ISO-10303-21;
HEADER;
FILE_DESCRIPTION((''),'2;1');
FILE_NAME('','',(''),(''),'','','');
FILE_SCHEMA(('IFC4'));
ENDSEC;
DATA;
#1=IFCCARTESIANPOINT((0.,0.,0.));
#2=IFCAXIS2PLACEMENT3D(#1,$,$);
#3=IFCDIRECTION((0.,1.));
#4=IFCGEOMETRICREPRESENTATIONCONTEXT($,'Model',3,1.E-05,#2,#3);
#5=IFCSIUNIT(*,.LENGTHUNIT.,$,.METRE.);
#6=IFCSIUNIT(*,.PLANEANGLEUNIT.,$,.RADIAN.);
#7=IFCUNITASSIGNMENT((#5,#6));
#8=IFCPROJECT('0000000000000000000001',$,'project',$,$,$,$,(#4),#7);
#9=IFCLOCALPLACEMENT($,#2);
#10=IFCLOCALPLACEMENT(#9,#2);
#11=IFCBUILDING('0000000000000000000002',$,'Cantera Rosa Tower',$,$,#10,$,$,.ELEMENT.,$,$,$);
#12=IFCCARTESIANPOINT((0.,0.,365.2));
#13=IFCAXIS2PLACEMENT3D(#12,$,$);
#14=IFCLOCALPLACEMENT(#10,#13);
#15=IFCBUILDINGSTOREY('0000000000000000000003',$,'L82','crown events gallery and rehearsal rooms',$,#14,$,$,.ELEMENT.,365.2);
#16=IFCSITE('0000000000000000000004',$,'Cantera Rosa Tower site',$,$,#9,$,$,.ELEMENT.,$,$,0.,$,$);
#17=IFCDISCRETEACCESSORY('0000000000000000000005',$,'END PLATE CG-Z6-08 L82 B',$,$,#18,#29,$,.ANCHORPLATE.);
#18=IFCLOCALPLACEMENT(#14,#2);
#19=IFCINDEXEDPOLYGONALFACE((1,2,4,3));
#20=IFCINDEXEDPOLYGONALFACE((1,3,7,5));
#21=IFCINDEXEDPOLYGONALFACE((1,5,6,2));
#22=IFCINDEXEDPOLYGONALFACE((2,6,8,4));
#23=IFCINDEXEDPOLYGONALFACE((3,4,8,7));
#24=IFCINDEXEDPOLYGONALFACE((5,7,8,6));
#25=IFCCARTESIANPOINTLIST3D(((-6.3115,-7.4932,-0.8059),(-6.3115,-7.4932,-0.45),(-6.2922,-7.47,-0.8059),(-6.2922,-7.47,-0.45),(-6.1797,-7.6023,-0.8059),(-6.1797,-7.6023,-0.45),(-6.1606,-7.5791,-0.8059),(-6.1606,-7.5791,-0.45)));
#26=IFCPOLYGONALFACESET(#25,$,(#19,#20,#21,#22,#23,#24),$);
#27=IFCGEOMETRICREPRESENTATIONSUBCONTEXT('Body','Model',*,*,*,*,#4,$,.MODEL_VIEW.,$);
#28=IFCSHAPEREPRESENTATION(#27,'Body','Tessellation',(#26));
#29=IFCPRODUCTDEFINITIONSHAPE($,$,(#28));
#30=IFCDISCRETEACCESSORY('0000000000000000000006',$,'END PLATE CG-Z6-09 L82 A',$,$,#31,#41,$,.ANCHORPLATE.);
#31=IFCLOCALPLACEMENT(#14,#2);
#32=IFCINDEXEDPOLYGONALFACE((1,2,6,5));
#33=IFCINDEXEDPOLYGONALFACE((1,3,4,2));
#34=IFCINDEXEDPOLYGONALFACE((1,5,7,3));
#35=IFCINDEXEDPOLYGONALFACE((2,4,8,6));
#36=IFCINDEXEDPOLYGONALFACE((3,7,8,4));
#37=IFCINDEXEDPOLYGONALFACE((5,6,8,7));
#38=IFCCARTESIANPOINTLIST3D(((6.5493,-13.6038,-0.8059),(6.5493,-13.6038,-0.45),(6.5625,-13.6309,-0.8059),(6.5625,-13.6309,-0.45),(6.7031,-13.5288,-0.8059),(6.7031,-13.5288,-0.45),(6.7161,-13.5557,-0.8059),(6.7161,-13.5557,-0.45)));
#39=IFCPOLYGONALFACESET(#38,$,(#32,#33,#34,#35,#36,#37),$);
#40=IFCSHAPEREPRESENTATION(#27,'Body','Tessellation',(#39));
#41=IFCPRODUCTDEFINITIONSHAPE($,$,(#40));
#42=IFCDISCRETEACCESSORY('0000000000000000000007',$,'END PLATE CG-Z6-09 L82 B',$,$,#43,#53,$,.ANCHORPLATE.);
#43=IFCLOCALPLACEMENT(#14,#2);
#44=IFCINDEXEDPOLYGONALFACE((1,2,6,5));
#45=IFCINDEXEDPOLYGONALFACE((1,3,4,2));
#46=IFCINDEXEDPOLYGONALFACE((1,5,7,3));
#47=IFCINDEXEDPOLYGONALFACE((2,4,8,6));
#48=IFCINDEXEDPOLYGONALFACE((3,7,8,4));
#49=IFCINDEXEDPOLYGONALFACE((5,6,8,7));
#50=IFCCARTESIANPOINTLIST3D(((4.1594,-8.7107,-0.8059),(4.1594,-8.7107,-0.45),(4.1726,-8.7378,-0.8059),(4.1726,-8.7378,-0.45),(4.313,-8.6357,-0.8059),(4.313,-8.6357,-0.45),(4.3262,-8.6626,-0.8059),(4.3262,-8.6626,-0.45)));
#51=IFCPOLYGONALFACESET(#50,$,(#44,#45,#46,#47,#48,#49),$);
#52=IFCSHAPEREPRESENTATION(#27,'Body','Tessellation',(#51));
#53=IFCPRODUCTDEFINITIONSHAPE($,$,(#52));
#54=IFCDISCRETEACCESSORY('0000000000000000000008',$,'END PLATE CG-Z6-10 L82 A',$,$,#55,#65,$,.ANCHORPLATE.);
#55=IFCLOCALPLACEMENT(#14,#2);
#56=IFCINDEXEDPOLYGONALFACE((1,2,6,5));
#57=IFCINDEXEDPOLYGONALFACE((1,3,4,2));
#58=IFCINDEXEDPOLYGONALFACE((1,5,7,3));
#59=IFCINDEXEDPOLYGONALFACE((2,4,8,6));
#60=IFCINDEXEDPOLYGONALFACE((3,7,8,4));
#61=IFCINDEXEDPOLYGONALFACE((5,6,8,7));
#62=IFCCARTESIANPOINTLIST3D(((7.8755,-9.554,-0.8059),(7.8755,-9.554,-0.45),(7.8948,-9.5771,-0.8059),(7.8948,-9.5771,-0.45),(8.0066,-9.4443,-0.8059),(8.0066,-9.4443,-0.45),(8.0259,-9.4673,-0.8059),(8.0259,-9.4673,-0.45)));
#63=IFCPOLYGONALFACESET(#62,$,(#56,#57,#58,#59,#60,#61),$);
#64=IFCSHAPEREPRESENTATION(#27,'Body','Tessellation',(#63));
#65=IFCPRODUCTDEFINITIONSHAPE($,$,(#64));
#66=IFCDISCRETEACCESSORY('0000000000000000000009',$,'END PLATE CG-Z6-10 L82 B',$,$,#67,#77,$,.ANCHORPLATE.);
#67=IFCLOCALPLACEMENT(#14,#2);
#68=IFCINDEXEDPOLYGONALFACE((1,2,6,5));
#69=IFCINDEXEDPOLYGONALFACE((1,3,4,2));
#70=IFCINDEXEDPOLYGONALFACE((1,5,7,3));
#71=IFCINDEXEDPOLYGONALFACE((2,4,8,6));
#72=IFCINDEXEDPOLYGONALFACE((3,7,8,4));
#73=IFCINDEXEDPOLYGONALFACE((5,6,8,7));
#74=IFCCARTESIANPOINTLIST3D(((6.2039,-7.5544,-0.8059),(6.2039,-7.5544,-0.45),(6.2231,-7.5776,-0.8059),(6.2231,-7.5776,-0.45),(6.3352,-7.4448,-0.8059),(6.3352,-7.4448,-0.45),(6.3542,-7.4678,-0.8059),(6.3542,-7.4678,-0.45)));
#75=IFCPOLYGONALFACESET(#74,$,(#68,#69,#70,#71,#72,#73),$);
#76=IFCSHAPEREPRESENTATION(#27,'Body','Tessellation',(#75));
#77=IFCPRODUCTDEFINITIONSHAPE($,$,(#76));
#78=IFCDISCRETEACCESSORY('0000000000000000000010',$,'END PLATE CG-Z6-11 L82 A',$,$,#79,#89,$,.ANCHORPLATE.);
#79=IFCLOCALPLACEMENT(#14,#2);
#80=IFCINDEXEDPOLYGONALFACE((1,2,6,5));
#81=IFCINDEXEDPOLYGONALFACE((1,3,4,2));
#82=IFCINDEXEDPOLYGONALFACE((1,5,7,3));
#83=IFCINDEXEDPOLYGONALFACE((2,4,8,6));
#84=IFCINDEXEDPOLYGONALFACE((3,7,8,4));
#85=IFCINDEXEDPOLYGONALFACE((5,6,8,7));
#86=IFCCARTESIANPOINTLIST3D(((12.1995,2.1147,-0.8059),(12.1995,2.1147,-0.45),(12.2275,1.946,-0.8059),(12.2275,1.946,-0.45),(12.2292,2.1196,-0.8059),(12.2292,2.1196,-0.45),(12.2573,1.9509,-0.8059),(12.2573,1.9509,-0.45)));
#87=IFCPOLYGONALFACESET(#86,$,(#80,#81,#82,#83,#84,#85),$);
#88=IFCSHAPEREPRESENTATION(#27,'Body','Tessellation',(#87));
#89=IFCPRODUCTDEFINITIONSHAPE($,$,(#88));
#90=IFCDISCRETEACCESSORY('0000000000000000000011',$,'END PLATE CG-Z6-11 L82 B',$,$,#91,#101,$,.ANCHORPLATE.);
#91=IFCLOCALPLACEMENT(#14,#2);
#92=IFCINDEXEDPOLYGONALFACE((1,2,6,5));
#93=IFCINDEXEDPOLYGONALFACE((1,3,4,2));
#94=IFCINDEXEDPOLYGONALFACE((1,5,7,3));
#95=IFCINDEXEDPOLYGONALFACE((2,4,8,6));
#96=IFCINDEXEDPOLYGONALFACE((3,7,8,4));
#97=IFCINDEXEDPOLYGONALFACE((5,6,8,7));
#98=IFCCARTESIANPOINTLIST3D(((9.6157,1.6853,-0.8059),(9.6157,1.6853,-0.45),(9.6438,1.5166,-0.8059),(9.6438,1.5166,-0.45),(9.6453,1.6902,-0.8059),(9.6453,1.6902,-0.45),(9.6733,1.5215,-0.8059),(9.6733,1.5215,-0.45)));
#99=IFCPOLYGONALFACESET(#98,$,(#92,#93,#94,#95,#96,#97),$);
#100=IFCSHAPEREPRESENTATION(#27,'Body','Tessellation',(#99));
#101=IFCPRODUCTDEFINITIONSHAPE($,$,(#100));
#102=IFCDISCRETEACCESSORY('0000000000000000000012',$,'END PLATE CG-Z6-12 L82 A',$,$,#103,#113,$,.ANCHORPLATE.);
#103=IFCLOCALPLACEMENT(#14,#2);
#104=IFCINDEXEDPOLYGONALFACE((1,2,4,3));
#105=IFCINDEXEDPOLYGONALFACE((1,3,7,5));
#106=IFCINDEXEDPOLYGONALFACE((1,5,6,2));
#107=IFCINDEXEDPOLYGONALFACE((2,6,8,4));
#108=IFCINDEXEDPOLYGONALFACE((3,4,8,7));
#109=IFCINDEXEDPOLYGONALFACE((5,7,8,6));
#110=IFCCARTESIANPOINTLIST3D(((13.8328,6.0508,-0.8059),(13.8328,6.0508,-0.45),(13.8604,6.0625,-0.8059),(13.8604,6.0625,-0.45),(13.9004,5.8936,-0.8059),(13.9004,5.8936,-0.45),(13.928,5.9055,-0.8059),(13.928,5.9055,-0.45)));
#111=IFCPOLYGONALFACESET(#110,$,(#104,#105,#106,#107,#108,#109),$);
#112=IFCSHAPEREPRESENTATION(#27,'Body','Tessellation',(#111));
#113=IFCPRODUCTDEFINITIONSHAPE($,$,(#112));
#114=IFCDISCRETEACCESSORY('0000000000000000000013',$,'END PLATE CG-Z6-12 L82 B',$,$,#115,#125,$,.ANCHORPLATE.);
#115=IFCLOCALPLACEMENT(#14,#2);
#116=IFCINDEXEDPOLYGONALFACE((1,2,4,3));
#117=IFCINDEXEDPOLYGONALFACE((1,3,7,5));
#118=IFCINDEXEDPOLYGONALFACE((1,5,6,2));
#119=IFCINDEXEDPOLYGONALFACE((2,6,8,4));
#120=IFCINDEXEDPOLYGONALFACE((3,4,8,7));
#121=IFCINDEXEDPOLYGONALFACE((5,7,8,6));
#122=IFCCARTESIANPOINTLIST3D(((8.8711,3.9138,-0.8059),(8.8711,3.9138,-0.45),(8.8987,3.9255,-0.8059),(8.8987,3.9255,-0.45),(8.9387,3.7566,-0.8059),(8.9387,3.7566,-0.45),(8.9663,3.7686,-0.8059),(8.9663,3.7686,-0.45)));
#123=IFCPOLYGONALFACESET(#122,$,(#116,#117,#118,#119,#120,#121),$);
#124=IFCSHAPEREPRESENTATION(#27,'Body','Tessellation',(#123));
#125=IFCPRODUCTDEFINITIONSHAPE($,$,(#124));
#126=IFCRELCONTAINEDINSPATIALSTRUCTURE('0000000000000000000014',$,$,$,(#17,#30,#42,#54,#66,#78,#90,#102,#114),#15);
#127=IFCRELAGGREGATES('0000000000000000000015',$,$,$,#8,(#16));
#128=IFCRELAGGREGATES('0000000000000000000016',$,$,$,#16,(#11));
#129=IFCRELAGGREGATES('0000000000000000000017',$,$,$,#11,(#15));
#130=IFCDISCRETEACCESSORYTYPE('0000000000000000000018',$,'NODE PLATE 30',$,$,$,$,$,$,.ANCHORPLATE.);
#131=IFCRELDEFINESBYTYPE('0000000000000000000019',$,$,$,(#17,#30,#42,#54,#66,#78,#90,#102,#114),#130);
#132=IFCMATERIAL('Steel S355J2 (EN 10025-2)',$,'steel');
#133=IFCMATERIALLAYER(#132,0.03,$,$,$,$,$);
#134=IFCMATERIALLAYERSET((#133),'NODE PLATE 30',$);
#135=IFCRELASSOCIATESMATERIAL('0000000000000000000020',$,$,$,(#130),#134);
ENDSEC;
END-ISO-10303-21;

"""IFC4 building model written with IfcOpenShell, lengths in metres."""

from ifc_helpers import new_model, si_unit, direction, frame, origin, place, context, subcontext, project, spatial, polyline, outline, extrude, material, layer, layer_set, type_object, element, save


model = new_model("IFC4")

# Units and contexts
model_context = context("Model", 3, precision=1e-05, world=origin(), true_north=direction((0.0, 1.0)))
body_context = subcontext(model_context, "Body", "Model", "MODEL_VIEW")
ifc_project = project(units=[si_unit("LENGTHUNIT", "METRE"), si_unit("PLANEANGLEUNIT", "RADIAN")], contexts=[model_context])

# Site, building, storey
site_placement = place(None, origin())
site = spatial("IfcSite", under=ifc_project, at=site_placement, Name="Cantera Rosa Tower site", CompositionType="ELEMENT", RefElevation=0.0)
building_placement = place(site_placement, origin())
building = spatial("IfcBuilding", under=site, at=building_placement, Name="Cantera Rosa Tower", CompositionType="ELEMENT")
storey_placement = place(building_placement, frame((0.0, 0.0, 365.2)))
storey = spatial("IfcBuildingStorey", under=building, at=storey_placement, Name="L82", Description="crown events gallery and rehearsal rooms", CompositionType="ELEMENT", Elevation=365.2)

# Discrete accessories
ifc_material_1 = material(Name="Steel S355J2 (EN 10025-2)", Category="steel")
ifc_layer_1 = layer(ifc_material_1, 0.03)
ifc_layer_set_1 = layer_set([ifc_layer_1], Name="NODE PLATE 30")
discrete_accessory_type = type_object("IfcDiscreteAccessoryType", Name="NODE PLATE 30", PredefinedType="ANCHORPLATE", material=ifc_layer_set_1)
discrete_accessory_1_placement = place(storey_placement, frame((0.0, 0.0, -0.8059)))
element("IfcDiscreteAccessory", 1, at=discrete_accessory_1_placement, inside=storey, type_object=discrete_accessory_type, Name="END PLATE CG-Z6-08 L82 B", PredefinedType="ANCHORPLATE", context=body_context, shape_type="SweptSolid", body=[
    extrude(outline(polyline([(-6.3115, -7.4932), (-6.2922, -7.47), (-6.1606, -7.5791), (-6.1797, -7.6023), (-6.3115, -7.4932)])), origin(), (0.0, 0.0, 1.0), 0.356),
])
discrete_accessory_2_placement = place(storey_placement, frame((0.0, 0.0, -0.8059)))
element("IfcDiscreteAccessory", 2, at=discrete_accessory_2_placement, inside=storey, type_object=discrete_accessory_type, Name="END PLATE CG-Z6-09 L82 A", PredefinedType="ANCHORPLATE", context=body_context, shape_type="SweptSolid", body=[
    extrude(outline(polyline([(6.7031, -13.5288), (6.7161, -13.5557), (6.5625, -13.6309), (6.5493, -13.6038), (6.7031, -13.5288)])), origin(), (0.0, 0.0, 1.0), 0.356),
])
discrete_accessory_3_placement = place(storey_placement, frame((0.0, 0.0, -0.8059)))
element("IfcDiscreteAccessory", 3, at=discrete_accessory_3_placement, inside=storey, type_object=discrete_accessory_type, Name="END PLATE CG-Z6-09 L82 B", PredefinedType="ANCHORPLATE", context=body_context, shape_type="SweptSolid", body=[
    extrude(outline(polyline([(4.1726, -8.7378), (4.1594, -8.7107), (4.313, -8.6357), (4.3262, -8.6626), (4.1726, -8.7378)])), origin(), (0.0, 0.0, 1.0), 0.356),
])
discrete_accessory_4_placement = place(storey_placement, frame((0.0, 0.0, -0.8059)))
element("IfcDiscreteAccessory", 4, at=discrete_accessory_4_placement, inside=storey, type_object=discrete_accessory_type, Name="END PLATE CG-Z6-10 L82 A", PredefinedType="ANCHORPLATE", context=body_context, shape_type="SweptSolid", body=[
    extrude(outline(polyline([(8.0066, -9.4443), (8.0259, -9.4673), (7.8948, -9.5771), (7.8755, -9.554), (8.0066, -9.4443)])), origin(), (0.0, 0.0, 1.0), 0.356),
])
discrete_accessory_5_placement = place(storey_placement, frame((0.0, 0.0, -0.8059)))
element("IfcDiscreteAccessory", 5, at=discrete_accessory_5_placement, inside=storey, type_object=discrete_accessory_type, Name="END PLATE CG-Z6-10 L82 B", PredefinedType="ANCHORPLATE", context=body_context, shape_type="SweptSolid", body=[
    extrude(outline(polyline([(6.2231, -7.5776), (6.2039, -7.5544), (6.3352, -7.4448), (6.3542, -7.4678), (6.2231, -7.5776)])), origin(), (0.0, 0.0, 1.0), 0.356),
])
discrete_accessory_6_placement = place(storey_placement, frame((0.0, 0.0, -0.8059)))
element("IfcDiscreteAccessory", 6, at=discrete_accessory_6_placement, inside=storey, type_object=discrete_accessory_type, Name="END PLATE CG-Z6-11 L82 A", PredefinedType="ANCHORPLATE", context=body_context, shape_type="SweptSolid", body=[
    extrude(outline(polyline([(12.1995, 2.1147), (12.2292, 2.1196), (12.2573, 1.9509), (12.2275, 1.946), (12.1995, 2.1147)])), origin(), (0.0, 0.0, 1.0), 0.356),
])
discrete_accessory_7_placement = place(storey_placement, frame((0.0, 0.0, -0.8059)))
element("IfcDiscreteAccessory", 7, at=discrete_accessory_7_placement, inside=storey, type_object=discrete_accessory_type, Name="END PLATE CG-Z6-11 L82 B", PredefinedType="ANCHORPLATE", context=body_context, shape_type="SweptSolid", body=[
    extrude(outline(polyline([(9.6733, 1.5215), (9.6438, 1.5166), (9.6157, 1.6853), (9.6453, 1.6902), (9.6733, 1.5215)])), origin(), (0.0, 0.0, 1.0), 0.356),
])
discrete_accessory_8_placement = place(storey_placement, frame((0.0, 0.0, -0.8059)))
element("IfcDiscreteAccessory", 8, at=discrete_accessory_8_placement, inside=storey, type_object=discrete_accessory_type, Name="END PLATE CG-Z6-12 L82 A", PredefinedType="ANCHORPLATE", context=body_context, shape_type="SweptSolid", body=[
    extrude(outline(polyline([(13.8328, 6.0508), (13.8604, 6.0625), (13.928, 5.9055), (13.9004, 5.8936), (13.8328, 6.0508)])), origin(), (0.0, 0.0, 1.0), 0.356),
])
discrete_accessory_9_placement = place(storey_placement, frame((0.0, 0.0, -0.8059)))
element("IfcDiscreteAccessory", 9, at=discrete_accessory_9_placement, inside=storey, type_object=discrete_accessory_type, Name="END PLATE CG-Z6-12 L82 B", PredefinedType="ANCHORPLATE", context=body_context, shape_type="SweptSolid", body=[
    extrude(outline(polyline([(8.9663, 3.7686), (8.9387, 3.7566), (8.8711, 3.9138), (8.8987, 3.9255), (8.9663, 3.7686)])), origin(), (0.0, 0.0, 1.0), 0.356),
])

save(model, "model.ifc")
